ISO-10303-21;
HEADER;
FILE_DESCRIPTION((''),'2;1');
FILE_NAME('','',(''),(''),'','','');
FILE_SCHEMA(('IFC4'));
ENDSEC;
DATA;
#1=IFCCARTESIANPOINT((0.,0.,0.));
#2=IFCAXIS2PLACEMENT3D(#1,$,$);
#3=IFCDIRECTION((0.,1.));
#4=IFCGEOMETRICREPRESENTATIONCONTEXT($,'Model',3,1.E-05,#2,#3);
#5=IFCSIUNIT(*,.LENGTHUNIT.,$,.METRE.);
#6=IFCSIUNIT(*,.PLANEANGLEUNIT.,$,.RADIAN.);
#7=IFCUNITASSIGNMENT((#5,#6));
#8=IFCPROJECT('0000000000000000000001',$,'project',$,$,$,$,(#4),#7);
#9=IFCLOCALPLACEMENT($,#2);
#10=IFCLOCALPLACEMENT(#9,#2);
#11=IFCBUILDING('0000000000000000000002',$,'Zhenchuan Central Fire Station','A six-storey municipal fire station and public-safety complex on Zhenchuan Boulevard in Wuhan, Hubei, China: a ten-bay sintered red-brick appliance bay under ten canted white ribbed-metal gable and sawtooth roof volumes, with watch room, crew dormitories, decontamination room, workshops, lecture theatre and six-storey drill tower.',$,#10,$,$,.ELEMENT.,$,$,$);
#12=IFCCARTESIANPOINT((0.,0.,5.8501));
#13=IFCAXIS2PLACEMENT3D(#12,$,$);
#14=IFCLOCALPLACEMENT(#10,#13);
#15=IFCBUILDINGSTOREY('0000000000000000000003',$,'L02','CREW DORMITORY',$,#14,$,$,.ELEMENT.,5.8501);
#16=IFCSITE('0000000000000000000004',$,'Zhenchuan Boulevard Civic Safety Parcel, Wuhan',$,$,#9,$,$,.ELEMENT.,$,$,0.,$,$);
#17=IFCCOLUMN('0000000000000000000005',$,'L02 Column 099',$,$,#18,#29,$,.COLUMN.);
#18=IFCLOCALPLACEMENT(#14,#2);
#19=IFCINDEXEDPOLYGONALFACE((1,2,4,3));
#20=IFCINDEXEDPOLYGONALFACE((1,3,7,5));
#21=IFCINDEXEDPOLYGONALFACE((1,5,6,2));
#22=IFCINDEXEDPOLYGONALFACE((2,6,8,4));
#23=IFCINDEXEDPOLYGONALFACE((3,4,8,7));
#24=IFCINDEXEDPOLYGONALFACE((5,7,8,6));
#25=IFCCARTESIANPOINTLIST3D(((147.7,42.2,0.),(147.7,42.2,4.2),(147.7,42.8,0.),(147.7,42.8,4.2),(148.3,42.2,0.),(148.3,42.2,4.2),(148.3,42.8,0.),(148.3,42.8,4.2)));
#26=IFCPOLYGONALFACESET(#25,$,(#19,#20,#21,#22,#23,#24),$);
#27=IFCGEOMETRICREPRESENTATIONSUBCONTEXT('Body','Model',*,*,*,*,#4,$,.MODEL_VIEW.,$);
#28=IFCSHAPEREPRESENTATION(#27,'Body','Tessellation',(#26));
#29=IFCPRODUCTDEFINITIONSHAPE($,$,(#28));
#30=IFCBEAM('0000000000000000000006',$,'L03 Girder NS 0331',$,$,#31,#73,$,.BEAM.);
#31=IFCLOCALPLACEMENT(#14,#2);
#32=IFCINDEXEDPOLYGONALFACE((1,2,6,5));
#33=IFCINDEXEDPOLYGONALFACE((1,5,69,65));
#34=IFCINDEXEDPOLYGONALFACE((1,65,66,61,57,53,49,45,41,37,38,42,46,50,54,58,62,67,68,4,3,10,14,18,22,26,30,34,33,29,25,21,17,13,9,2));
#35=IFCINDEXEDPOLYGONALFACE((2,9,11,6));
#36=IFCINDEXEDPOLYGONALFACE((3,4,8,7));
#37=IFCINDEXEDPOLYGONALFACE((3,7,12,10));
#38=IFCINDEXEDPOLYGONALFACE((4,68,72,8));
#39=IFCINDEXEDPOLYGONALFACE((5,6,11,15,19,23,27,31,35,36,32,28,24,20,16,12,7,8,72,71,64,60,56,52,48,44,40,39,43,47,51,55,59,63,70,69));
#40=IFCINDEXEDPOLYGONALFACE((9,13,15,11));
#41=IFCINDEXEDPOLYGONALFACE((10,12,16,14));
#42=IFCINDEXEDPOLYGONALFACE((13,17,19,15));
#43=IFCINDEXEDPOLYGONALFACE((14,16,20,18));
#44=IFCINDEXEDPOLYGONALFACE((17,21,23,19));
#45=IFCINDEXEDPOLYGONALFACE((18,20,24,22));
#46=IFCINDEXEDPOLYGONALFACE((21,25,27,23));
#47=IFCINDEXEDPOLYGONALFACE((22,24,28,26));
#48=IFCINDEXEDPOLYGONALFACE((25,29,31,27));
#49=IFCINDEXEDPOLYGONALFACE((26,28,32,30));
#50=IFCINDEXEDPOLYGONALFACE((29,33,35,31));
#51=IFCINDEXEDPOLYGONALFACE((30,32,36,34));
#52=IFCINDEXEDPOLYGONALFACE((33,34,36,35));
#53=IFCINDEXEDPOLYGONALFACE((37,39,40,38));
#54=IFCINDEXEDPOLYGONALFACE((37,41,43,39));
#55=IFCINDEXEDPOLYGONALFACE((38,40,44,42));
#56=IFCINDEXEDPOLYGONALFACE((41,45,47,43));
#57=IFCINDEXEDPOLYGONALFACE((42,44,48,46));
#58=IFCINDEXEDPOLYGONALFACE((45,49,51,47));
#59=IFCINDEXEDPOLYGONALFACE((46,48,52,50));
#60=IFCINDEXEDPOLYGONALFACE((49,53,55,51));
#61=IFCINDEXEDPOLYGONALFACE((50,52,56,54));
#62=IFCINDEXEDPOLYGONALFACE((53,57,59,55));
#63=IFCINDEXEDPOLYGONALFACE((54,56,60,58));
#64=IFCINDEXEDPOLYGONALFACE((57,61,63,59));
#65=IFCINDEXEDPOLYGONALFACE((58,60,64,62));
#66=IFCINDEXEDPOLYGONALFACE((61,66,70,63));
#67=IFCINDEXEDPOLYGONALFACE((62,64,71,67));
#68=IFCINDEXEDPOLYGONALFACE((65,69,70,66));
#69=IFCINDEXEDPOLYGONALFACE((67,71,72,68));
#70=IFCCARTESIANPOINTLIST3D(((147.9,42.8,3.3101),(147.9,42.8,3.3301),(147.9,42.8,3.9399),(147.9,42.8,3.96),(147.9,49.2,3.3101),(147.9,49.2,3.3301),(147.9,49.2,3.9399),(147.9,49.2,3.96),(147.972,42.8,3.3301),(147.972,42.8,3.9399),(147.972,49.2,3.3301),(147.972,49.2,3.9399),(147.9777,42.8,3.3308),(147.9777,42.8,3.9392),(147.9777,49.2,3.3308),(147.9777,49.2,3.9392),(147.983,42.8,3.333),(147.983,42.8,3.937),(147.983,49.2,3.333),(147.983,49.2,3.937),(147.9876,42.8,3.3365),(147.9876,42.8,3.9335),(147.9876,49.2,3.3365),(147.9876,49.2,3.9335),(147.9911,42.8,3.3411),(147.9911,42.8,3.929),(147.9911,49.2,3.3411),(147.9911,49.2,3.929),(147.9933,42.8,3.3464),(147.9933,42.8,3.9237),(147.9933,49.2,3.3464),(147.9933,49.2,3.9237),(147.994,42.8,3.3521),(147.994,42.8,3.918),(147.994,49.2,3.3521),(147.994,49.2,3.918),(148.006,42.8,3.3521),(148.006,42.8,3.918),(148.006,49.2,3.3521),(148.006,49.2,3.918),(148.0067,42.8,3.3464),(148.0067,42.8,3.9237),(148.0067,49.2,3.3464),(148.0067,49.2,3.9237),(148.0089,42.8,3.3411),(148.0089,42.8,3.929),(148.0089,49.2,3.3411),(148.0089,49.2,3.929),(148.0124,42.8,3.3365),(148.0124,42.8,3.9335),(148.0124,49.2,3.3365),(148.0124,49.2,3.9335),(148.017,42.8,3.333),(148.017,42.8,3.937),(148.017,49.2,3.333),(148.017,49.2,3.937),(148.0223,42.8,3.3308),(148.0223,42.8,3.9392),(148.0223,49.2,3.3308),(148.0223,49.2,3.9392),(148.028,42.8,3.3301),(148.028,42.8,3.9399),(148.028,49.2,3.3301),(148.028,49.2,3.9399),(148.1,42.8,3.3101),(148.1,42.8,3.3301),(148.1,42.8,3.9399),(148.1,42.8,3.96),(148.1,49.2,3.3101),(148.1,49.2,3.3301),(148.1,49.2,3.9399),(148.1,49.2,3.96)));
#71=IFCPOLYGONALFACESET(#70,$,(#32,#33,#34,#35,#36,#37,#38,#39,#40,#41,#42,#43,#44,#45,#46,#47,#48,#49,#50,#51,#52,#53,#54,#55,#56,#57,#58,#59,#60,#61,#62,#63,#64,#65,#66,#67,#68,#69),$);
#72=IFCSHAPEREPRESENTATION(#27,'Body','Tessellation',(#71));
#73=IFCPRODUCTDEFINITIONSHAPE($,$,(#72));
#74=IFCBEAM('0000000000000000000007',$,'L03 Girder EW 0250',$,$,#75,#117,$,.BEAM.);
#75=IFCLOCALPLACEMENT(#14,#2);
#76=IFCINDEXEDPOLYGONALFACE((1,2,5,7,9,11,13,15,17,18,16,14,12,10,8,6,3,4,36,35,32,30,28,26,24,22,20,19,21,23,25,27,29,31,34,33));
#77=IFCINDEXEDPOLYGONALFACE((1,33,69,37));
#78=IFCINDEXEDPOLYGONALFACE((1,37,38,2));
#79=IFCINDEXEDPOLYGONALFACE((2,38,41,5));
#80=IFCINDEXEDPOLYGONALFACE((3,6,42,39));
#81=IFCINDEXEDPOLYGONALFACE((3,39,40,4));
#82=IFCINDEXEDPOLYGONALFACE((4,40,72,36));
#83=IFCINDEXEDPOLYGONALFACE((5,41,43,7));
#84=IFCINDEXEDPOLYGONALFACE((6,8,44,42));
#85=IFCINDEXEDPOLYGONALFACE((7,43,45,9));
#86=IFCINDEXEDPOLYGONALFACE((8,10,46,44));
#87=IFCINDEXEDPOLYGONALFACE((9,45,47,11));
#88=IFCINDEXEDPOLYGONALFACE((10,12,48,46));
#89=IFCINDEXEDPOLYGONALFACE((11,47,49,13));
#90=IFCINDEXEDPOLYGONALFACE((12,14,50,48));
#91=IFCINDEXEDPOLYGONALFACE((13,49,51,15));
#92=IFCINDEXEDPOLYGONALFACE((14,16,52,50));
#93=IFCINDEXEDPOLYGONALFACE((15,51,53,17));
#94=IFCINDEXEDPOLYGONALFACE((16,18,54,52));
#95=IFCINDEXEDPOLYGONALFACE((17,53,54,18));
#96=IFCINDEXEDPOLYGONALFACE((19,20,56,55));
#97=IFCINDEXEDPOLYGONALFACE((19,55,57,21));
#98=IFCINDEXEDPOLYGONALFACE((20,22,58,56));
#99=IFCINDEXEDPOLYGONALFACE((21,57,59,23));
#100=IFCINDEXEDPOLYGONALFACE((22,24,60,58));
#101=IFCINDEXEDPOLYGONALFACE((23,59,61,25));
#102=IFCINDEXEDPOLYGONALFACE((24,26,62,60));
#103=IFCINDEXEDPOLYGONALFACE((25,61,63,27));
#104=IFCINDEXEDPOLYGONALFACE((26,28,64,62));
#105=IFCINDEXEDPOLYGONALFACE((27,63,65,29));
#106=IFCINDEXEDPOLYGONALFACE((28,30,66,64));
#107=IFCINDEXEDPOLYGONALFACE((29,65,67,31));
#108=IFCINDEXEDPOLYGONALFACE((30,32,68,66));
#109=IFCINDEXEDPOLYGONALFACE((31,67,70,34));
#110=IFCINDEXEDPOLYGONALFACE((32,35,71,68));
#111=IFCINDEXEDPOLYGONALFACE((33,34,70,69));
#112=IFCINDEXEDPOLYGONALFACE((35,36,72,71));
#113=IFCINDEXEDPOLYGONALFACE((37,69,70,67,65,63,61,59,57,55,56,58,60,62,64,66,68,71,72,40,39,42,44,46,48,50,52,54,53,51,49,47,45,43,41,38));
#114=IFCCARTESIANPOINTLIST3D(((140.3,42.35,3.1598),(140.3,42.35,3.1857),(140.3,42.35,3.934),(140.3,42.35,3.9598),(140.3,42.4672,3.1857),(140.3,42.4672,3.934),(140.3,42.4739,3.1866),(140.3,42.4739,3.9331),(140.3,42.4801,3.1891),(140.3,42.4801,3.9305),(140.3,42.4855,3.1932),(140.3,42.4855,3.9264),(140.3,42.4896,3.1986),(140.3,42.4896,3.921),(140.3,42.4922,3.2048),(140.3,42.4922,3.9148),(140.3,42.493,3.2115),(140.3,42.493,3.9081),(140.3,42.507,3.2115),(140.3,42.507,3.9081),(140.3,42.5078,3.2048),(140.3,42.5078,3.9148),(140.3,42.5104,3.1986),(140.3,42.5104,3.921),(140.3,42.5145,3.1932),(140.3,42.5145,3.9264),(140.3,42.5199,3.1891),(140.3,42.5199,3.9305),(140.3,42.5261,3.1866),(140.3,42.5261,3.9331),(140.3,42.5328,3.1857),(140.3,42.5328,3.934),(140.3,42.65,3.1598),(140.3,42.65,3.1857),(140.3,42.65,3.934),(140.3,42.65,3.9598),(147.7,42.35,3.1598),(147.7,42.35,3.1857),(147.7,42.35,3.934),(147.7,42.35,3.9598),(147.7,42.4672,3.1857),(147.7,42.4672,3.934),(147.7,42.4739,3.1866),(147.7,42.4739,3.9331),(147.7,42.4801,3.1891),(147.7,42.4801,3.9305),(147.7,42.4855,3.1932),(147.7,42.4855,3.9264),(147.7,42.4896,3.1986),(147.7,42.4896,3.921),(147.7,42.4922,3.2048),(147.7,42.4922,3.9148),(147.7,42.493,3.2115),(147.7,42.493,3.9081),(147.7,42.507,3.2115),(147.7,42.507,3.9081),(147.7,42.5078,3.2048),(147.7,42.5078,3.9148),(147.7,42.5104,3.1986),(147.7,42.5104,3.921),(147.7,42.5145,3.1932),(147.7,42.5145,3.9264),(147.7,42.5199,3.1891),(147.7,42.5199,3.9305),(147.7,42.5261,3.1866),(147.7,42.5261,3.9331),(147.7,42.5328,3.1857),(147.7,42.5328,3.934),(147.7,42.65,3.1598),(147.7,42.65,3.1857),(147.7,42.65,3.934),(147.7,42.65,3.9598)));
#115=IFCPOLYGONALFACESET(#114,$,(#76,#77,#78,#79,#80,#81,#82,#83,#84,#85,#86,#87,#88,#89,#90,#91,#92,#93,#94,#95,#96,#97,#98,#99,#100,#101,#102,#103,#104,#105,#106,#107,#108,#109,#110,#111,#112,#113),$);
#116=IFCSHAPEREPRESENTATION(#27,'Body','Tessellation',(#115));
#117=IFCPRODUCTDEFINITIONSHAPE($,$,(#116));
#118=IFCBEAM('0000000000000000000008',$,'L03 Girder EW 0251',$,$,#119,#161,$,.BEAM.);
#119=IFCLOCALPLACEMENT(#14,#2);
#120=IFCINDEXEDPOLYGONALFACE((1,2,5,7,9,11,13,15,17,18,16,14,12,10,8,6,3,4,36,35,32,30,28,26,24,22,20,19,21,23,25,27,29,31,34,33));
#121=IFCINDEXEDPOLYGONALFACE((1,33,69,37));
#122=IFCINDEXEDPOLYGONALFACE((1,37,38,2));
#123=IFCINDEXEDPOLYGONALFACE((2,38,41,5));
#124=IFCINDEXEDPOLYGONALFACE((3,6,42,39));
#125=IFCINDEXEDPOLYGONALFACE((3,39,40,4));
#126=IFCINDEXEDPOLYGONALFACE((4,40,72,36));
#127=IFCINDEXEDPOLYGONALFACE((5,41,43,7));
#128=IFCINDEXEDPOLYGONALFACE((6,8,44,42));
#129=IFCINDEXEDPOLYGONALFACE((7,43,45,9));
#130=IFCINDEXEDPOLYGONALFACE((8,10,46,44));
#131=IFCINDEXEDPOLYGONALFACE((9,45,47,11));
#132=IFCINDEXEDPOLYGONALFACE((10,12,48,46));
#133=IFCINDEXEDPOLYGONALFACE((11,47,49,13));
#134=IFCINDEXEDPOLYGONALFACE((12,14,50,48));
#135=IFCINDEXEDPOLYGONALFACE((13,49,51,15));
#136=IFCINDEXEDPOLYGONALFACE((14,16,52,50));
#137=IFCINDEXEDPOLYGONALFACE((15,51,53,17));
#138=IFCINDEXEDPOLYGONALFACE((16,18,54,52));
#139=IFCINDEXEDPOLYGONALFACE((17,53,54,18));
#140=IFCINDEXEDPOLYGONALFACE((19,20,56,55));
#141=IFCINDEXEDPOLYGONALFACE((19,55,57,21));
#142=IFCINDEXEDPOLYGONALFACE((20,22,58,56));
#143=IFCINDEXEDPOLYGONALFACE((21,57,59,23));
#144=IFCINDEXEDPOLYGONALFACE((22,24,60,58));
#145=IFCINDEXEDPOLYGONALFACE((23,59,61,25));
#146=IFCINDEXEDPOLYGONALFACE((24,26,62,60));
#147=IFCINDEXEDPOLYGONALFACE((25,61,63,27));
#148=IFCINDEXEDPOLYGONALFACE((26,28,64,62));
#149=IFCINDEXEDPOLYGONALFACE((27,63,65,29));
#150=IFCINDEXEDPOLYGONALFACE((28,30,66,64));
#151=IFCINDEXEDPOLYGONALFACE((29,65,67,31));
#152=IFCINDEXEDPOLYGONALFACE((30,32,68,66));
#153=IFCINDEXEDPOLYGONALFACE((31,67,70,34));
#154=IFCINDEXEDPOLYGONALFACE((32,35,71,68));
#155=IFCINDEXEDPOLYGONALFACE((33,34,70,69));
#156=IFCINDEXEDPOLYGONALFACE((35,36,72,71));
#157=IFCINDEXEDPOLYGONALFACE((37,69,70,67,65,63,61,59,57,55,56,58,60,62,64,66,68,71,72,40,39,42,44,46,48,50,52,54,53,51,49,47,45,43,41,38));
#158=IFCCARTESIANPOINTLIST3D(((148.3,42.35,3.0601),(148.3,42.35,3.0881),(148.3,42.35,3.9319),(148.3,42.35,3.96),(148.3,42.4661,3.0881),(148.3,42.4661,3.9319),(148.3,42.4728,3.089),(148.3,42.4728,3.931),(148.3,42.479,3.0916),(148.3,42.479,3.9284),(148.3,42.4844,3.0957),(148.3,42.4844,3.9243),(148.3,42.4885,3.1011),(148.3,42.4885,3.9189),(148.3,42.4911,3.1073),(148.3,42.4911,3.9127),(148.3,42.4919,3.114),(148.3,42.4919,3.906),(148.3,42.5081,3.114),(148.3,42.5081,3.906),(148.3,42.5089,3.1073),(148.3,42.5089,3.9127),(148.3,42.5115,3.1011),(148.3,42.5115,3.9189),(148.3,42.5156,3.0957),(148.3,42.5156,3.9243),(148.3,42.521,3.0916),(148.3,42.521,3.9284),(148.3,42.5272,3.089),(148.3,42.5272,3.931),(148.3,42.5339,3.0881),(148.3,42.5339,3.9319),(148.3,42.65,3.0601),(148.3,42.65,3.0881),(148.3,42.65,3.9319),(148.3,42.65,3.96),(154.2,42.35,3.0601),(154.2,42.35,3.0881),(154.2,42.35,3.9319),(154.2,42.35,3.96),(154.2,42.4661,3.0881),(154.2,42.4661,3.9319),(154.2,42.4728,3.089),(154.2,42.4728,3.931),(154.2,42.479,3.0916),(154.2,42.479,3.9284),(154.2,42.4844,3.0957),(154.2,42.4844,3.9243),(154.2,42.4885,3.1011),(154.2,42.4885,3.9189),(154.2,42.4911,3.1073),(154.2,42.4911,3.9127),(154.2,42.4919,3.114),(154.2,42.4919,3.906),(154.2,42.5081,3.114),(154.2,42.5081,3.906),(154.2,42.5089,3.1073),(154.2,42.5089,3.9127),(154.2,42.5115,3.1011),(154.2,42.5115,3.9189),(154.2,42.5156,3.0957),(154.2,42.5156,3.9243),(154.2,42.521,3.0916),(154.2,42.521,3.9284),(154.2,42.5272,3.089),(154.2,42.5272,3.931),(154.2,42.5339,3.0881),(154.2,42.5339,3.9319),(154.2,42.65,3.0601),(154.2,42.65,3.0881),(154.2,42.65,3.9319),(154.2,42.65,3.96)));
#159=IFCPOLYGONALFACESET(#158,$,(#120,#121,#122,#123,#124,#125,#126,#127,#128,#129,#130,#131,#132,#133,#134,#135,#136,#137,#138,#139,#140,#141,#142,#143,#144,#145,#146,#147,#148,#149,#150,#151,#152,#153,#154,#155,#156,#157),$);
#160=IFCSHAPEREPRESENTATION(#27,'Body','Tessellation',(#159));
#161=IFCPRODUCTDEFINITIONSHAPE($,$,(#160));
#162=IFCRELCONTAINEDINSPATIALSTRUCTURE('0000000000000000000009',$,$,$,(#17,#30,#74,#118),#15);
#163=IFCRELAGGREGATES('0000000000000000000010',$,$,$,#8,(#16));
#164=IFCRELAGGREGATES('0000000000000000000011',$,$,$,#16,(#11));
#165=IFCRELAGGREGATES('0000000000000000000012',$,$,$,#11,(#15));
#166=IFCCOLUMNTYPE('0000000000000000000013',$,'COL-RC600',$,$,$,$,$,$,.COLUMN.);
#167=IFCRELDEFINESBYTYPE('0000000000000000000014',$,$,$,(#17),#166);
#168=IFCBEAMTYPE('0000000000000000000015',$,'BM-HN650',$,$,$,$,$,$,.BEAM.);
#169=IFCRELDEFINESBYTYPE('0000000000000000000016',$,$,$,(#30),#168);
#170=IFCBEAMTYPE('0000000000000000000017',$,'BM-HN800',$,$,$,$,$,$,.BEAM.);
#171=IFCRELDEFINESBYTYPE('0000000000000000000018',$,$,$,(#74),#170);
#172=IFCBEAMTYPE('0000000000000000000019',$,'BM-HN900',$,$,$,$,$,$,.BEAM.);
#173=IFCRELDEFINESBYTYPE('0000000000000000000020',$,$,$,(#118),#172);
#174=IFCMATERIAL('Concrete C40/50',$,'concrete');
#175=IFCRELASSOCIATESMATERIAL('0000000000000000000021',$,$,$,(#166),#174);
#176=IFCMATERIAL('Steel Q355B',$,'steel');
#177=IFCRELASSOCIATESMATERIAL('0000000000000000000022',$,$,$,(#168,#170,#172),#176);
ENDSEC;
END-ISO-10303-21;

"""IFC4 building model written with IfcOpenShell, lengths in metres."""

from ifc_helpers import new_model, si_unit, direction, frame, origin, origin_2d, place, context, subcontext, project, spatial, rectangle, i_section, extrude, material, material_profile, profile_set, type_object, element, save


model = new_model("IFC4")

# Units and contexts
model_context = context("Model", 3, precision=1e-05, world=origin(), true_north=direction((0.0, 1.0)))
body_context = subcontext(model_context, "Body", "Model", "MODEL_VIEW")
ifc_project = project(units=[si_unit("LENGTHUNIT", "METRE"), si_unit("PLANEANGLEUNIT", "RADIAN")], contexts=[model_context])

# Site, building, storey
site_placement = place(None, origin())
site = spatial("IfcSite", under=ifc_project, at=site_placement, Name="Zhenchuan Boulevard Civic Safety Parcel, Wuhan", CompositionType="ELEMENT", RefElevation=0.0)
building_placement = place(site_placement, origin())
building = spatial("IfcBuilding", under=site, at=building_placement, Name="Zhenchuan Central Fire Station", Description="A six-storey municipal fire station and public-safety complex on Zhenchuan Boulevard in Wuhan, Hubei, China: a ten-bay sintered red-brick appliance bay under ten canted white ribbed-metal gable and sawtooth roof volumes, with watch room, crew dormitories, decontamination room, workshops, lecture theatre and six-storey drill tower.", CompositionType="ELEMENT")
storey_placement = place(building_placement, frame((0.0, 0.0, 5.8501)))
storey = spatial("IfcBuildingStorey", under=building, at=storey_placement, Name="L02", Description="CREW DORMITORY", CompositionType="ELEMENT", Elevation=5.8501)

# Column
ifc_material_1 = material(Name="Concrete C40/50", Category="concrete")
ifc_material_profile_1 = material_profile(ifc_material_1, rectangle(XDim=0.6001, YDim=0.6001, at=origin_2d()), Name="RC 600x600")
ifc_profile_set_1 = profile_set([ifc_material_profile_1], Name="Concrete C40/50")
column_type = type_object("IfcColumnType", Name="COL-RC600", PredefinedType="COLUMN", material=ifc_profile_set_1)
column_placement = place(storey_placement, frame((148.0, 42.5, 0.0), z_axis=(0.0, 0.0, 1.0), x_axis=(1.0, 0.0, 0.0)))
element("IfcColumn", 1, at=column_placement, inside=storey, type_object=column_type, Name="L02 Column 099", PredefinedType="COLUMN", context=body_context, shape_type="SweptSolid", body=[
    extrude(rectangle(XDim=0.6001, YDim=0.6001, at=origin_2d()), origin(), (0.0, 0.0, 1.0), 4.2),
])

# Beams
ifc_material_2 = material(Name="Steel Q355B", Category="steel")
ifc_material_profile_2 = material_profile(ifc_material_2, i_section(OverallWidth=0.2, OverallDepth=0.6499, WebThickness=0.012, FlangeThickness=0.02, FilletRadius=0.022, at=origin_2d()), Name="HN 650x200")
ifc_profile_set_2 = profile_set([ifc_material_profile_2], Name="Steel Q355B")
beam_type_1 = type_object("IfcBeamType", Name="BM-HN650", PredefinedType="BEAM", material=ifc_profile_set_2)
beam_1_placement = place(storey_placement, frame((148.0, 42.8, 3.635), z_axis=(0.0, 1.0, 0.0), x_axis=(-1.0, 0.0, 0.0)))
element("IfcBeam", 2, at=beam_1_placement, inside=storey, type_object=beam_type_1, Name="L03 Girder NS 0331", PredefinedType="BEAM", context=body_context, shape_type="SweptSolid", body=[
    extrude(i_section(OverallWidth=0.2, OverallDepth=0.6499, WebThickness=0.012, FlangeThickness=0.02, FilletRadius=0.022, at=origin_2d()), origin(), (0.0, 0.0, 1.0), 6.3999),
])
ifc_material_profile_3 = material_profile(ifc_material_2, i_section(OverallWidth=0.3, OverallDepth=0.8, WebThickness=0.0139, FlangeThickness=0.0259, FilletRadius=0.0259, at=origin_2d()), Name="HN 800x300")
ifc_profile_set_3 = profile_set([ifc_material_profile_3], Name="Steel Q355B")
beam_type_2 = type_object("IfcBeamType", Name="BM-HN800", PredefinedType="BEAM", material=ifc_profile_set_3)
beam_2_placement = place(storey_placement, frame((140.3, 42.5, 3.5598), z_axis=(1.0, 0.0, 0.0), x_axis=(0.0, 1.0, 0.0)))
element("IfcBeam", 3, at=beam_2_placement, inside=storey, type_object=beam_type_2, Name="L03 Girder EW 0250", PredefinedType="BEAM", context=body_context, shape_type="SweptSolid", body=[
    extrude(i_section(OverallWidth=0.3, OverallDepth=0.8, WebThickness=0.0139, FlangeThickness=0.0259, FilletRadius=0.0259, at=origin_2d()), origin(), (0.0, 0.0, 1.0), 7.3999),
])
ifc_material_profile_4 = material_profile(ifc_material_2, i_section(OverallWidth=0.3, OverallDepth=0.8999, WebThickness=0.0161, FlangeThickness=0.0281, FilletRadius=0.0259, at=origin_2d()), Name="HN 900x300")
ifc_profile_set_4 = profile_set([ifc_material_profile_4], Name="Steel Q355B")
beam_type_3 = type_object("IfcBeamType", Name="BM-HN900", PredefinedType="BEAM", material=ifc_profile_set_4)
beam_3_placement = place(storey_placement, frame((148.3, 42.5, 3.51), z_axis=(1.0, 0.0, 0.0), x_axis=(0.0, 1.0, 0.0)))
element("IfcBeam", 4, at=beam_3_placement, inside=storey, type_object=beam_type_3, Name="L03 Girder EW 0251", PredefinedType="BEAM", context=body_context, shape_type="SweptSolid", body=[
    extrude(i_section(OverallWidth=0.3, OverallDepth=0.8999, WebThickness=0.0161, FlangeThickness=0.0281, FilletRadius=0.0259, at=origin_2d()), origin(), (0.0, 0.0, 1.0), 5.8999),
])

save(model, "model.ifc")
